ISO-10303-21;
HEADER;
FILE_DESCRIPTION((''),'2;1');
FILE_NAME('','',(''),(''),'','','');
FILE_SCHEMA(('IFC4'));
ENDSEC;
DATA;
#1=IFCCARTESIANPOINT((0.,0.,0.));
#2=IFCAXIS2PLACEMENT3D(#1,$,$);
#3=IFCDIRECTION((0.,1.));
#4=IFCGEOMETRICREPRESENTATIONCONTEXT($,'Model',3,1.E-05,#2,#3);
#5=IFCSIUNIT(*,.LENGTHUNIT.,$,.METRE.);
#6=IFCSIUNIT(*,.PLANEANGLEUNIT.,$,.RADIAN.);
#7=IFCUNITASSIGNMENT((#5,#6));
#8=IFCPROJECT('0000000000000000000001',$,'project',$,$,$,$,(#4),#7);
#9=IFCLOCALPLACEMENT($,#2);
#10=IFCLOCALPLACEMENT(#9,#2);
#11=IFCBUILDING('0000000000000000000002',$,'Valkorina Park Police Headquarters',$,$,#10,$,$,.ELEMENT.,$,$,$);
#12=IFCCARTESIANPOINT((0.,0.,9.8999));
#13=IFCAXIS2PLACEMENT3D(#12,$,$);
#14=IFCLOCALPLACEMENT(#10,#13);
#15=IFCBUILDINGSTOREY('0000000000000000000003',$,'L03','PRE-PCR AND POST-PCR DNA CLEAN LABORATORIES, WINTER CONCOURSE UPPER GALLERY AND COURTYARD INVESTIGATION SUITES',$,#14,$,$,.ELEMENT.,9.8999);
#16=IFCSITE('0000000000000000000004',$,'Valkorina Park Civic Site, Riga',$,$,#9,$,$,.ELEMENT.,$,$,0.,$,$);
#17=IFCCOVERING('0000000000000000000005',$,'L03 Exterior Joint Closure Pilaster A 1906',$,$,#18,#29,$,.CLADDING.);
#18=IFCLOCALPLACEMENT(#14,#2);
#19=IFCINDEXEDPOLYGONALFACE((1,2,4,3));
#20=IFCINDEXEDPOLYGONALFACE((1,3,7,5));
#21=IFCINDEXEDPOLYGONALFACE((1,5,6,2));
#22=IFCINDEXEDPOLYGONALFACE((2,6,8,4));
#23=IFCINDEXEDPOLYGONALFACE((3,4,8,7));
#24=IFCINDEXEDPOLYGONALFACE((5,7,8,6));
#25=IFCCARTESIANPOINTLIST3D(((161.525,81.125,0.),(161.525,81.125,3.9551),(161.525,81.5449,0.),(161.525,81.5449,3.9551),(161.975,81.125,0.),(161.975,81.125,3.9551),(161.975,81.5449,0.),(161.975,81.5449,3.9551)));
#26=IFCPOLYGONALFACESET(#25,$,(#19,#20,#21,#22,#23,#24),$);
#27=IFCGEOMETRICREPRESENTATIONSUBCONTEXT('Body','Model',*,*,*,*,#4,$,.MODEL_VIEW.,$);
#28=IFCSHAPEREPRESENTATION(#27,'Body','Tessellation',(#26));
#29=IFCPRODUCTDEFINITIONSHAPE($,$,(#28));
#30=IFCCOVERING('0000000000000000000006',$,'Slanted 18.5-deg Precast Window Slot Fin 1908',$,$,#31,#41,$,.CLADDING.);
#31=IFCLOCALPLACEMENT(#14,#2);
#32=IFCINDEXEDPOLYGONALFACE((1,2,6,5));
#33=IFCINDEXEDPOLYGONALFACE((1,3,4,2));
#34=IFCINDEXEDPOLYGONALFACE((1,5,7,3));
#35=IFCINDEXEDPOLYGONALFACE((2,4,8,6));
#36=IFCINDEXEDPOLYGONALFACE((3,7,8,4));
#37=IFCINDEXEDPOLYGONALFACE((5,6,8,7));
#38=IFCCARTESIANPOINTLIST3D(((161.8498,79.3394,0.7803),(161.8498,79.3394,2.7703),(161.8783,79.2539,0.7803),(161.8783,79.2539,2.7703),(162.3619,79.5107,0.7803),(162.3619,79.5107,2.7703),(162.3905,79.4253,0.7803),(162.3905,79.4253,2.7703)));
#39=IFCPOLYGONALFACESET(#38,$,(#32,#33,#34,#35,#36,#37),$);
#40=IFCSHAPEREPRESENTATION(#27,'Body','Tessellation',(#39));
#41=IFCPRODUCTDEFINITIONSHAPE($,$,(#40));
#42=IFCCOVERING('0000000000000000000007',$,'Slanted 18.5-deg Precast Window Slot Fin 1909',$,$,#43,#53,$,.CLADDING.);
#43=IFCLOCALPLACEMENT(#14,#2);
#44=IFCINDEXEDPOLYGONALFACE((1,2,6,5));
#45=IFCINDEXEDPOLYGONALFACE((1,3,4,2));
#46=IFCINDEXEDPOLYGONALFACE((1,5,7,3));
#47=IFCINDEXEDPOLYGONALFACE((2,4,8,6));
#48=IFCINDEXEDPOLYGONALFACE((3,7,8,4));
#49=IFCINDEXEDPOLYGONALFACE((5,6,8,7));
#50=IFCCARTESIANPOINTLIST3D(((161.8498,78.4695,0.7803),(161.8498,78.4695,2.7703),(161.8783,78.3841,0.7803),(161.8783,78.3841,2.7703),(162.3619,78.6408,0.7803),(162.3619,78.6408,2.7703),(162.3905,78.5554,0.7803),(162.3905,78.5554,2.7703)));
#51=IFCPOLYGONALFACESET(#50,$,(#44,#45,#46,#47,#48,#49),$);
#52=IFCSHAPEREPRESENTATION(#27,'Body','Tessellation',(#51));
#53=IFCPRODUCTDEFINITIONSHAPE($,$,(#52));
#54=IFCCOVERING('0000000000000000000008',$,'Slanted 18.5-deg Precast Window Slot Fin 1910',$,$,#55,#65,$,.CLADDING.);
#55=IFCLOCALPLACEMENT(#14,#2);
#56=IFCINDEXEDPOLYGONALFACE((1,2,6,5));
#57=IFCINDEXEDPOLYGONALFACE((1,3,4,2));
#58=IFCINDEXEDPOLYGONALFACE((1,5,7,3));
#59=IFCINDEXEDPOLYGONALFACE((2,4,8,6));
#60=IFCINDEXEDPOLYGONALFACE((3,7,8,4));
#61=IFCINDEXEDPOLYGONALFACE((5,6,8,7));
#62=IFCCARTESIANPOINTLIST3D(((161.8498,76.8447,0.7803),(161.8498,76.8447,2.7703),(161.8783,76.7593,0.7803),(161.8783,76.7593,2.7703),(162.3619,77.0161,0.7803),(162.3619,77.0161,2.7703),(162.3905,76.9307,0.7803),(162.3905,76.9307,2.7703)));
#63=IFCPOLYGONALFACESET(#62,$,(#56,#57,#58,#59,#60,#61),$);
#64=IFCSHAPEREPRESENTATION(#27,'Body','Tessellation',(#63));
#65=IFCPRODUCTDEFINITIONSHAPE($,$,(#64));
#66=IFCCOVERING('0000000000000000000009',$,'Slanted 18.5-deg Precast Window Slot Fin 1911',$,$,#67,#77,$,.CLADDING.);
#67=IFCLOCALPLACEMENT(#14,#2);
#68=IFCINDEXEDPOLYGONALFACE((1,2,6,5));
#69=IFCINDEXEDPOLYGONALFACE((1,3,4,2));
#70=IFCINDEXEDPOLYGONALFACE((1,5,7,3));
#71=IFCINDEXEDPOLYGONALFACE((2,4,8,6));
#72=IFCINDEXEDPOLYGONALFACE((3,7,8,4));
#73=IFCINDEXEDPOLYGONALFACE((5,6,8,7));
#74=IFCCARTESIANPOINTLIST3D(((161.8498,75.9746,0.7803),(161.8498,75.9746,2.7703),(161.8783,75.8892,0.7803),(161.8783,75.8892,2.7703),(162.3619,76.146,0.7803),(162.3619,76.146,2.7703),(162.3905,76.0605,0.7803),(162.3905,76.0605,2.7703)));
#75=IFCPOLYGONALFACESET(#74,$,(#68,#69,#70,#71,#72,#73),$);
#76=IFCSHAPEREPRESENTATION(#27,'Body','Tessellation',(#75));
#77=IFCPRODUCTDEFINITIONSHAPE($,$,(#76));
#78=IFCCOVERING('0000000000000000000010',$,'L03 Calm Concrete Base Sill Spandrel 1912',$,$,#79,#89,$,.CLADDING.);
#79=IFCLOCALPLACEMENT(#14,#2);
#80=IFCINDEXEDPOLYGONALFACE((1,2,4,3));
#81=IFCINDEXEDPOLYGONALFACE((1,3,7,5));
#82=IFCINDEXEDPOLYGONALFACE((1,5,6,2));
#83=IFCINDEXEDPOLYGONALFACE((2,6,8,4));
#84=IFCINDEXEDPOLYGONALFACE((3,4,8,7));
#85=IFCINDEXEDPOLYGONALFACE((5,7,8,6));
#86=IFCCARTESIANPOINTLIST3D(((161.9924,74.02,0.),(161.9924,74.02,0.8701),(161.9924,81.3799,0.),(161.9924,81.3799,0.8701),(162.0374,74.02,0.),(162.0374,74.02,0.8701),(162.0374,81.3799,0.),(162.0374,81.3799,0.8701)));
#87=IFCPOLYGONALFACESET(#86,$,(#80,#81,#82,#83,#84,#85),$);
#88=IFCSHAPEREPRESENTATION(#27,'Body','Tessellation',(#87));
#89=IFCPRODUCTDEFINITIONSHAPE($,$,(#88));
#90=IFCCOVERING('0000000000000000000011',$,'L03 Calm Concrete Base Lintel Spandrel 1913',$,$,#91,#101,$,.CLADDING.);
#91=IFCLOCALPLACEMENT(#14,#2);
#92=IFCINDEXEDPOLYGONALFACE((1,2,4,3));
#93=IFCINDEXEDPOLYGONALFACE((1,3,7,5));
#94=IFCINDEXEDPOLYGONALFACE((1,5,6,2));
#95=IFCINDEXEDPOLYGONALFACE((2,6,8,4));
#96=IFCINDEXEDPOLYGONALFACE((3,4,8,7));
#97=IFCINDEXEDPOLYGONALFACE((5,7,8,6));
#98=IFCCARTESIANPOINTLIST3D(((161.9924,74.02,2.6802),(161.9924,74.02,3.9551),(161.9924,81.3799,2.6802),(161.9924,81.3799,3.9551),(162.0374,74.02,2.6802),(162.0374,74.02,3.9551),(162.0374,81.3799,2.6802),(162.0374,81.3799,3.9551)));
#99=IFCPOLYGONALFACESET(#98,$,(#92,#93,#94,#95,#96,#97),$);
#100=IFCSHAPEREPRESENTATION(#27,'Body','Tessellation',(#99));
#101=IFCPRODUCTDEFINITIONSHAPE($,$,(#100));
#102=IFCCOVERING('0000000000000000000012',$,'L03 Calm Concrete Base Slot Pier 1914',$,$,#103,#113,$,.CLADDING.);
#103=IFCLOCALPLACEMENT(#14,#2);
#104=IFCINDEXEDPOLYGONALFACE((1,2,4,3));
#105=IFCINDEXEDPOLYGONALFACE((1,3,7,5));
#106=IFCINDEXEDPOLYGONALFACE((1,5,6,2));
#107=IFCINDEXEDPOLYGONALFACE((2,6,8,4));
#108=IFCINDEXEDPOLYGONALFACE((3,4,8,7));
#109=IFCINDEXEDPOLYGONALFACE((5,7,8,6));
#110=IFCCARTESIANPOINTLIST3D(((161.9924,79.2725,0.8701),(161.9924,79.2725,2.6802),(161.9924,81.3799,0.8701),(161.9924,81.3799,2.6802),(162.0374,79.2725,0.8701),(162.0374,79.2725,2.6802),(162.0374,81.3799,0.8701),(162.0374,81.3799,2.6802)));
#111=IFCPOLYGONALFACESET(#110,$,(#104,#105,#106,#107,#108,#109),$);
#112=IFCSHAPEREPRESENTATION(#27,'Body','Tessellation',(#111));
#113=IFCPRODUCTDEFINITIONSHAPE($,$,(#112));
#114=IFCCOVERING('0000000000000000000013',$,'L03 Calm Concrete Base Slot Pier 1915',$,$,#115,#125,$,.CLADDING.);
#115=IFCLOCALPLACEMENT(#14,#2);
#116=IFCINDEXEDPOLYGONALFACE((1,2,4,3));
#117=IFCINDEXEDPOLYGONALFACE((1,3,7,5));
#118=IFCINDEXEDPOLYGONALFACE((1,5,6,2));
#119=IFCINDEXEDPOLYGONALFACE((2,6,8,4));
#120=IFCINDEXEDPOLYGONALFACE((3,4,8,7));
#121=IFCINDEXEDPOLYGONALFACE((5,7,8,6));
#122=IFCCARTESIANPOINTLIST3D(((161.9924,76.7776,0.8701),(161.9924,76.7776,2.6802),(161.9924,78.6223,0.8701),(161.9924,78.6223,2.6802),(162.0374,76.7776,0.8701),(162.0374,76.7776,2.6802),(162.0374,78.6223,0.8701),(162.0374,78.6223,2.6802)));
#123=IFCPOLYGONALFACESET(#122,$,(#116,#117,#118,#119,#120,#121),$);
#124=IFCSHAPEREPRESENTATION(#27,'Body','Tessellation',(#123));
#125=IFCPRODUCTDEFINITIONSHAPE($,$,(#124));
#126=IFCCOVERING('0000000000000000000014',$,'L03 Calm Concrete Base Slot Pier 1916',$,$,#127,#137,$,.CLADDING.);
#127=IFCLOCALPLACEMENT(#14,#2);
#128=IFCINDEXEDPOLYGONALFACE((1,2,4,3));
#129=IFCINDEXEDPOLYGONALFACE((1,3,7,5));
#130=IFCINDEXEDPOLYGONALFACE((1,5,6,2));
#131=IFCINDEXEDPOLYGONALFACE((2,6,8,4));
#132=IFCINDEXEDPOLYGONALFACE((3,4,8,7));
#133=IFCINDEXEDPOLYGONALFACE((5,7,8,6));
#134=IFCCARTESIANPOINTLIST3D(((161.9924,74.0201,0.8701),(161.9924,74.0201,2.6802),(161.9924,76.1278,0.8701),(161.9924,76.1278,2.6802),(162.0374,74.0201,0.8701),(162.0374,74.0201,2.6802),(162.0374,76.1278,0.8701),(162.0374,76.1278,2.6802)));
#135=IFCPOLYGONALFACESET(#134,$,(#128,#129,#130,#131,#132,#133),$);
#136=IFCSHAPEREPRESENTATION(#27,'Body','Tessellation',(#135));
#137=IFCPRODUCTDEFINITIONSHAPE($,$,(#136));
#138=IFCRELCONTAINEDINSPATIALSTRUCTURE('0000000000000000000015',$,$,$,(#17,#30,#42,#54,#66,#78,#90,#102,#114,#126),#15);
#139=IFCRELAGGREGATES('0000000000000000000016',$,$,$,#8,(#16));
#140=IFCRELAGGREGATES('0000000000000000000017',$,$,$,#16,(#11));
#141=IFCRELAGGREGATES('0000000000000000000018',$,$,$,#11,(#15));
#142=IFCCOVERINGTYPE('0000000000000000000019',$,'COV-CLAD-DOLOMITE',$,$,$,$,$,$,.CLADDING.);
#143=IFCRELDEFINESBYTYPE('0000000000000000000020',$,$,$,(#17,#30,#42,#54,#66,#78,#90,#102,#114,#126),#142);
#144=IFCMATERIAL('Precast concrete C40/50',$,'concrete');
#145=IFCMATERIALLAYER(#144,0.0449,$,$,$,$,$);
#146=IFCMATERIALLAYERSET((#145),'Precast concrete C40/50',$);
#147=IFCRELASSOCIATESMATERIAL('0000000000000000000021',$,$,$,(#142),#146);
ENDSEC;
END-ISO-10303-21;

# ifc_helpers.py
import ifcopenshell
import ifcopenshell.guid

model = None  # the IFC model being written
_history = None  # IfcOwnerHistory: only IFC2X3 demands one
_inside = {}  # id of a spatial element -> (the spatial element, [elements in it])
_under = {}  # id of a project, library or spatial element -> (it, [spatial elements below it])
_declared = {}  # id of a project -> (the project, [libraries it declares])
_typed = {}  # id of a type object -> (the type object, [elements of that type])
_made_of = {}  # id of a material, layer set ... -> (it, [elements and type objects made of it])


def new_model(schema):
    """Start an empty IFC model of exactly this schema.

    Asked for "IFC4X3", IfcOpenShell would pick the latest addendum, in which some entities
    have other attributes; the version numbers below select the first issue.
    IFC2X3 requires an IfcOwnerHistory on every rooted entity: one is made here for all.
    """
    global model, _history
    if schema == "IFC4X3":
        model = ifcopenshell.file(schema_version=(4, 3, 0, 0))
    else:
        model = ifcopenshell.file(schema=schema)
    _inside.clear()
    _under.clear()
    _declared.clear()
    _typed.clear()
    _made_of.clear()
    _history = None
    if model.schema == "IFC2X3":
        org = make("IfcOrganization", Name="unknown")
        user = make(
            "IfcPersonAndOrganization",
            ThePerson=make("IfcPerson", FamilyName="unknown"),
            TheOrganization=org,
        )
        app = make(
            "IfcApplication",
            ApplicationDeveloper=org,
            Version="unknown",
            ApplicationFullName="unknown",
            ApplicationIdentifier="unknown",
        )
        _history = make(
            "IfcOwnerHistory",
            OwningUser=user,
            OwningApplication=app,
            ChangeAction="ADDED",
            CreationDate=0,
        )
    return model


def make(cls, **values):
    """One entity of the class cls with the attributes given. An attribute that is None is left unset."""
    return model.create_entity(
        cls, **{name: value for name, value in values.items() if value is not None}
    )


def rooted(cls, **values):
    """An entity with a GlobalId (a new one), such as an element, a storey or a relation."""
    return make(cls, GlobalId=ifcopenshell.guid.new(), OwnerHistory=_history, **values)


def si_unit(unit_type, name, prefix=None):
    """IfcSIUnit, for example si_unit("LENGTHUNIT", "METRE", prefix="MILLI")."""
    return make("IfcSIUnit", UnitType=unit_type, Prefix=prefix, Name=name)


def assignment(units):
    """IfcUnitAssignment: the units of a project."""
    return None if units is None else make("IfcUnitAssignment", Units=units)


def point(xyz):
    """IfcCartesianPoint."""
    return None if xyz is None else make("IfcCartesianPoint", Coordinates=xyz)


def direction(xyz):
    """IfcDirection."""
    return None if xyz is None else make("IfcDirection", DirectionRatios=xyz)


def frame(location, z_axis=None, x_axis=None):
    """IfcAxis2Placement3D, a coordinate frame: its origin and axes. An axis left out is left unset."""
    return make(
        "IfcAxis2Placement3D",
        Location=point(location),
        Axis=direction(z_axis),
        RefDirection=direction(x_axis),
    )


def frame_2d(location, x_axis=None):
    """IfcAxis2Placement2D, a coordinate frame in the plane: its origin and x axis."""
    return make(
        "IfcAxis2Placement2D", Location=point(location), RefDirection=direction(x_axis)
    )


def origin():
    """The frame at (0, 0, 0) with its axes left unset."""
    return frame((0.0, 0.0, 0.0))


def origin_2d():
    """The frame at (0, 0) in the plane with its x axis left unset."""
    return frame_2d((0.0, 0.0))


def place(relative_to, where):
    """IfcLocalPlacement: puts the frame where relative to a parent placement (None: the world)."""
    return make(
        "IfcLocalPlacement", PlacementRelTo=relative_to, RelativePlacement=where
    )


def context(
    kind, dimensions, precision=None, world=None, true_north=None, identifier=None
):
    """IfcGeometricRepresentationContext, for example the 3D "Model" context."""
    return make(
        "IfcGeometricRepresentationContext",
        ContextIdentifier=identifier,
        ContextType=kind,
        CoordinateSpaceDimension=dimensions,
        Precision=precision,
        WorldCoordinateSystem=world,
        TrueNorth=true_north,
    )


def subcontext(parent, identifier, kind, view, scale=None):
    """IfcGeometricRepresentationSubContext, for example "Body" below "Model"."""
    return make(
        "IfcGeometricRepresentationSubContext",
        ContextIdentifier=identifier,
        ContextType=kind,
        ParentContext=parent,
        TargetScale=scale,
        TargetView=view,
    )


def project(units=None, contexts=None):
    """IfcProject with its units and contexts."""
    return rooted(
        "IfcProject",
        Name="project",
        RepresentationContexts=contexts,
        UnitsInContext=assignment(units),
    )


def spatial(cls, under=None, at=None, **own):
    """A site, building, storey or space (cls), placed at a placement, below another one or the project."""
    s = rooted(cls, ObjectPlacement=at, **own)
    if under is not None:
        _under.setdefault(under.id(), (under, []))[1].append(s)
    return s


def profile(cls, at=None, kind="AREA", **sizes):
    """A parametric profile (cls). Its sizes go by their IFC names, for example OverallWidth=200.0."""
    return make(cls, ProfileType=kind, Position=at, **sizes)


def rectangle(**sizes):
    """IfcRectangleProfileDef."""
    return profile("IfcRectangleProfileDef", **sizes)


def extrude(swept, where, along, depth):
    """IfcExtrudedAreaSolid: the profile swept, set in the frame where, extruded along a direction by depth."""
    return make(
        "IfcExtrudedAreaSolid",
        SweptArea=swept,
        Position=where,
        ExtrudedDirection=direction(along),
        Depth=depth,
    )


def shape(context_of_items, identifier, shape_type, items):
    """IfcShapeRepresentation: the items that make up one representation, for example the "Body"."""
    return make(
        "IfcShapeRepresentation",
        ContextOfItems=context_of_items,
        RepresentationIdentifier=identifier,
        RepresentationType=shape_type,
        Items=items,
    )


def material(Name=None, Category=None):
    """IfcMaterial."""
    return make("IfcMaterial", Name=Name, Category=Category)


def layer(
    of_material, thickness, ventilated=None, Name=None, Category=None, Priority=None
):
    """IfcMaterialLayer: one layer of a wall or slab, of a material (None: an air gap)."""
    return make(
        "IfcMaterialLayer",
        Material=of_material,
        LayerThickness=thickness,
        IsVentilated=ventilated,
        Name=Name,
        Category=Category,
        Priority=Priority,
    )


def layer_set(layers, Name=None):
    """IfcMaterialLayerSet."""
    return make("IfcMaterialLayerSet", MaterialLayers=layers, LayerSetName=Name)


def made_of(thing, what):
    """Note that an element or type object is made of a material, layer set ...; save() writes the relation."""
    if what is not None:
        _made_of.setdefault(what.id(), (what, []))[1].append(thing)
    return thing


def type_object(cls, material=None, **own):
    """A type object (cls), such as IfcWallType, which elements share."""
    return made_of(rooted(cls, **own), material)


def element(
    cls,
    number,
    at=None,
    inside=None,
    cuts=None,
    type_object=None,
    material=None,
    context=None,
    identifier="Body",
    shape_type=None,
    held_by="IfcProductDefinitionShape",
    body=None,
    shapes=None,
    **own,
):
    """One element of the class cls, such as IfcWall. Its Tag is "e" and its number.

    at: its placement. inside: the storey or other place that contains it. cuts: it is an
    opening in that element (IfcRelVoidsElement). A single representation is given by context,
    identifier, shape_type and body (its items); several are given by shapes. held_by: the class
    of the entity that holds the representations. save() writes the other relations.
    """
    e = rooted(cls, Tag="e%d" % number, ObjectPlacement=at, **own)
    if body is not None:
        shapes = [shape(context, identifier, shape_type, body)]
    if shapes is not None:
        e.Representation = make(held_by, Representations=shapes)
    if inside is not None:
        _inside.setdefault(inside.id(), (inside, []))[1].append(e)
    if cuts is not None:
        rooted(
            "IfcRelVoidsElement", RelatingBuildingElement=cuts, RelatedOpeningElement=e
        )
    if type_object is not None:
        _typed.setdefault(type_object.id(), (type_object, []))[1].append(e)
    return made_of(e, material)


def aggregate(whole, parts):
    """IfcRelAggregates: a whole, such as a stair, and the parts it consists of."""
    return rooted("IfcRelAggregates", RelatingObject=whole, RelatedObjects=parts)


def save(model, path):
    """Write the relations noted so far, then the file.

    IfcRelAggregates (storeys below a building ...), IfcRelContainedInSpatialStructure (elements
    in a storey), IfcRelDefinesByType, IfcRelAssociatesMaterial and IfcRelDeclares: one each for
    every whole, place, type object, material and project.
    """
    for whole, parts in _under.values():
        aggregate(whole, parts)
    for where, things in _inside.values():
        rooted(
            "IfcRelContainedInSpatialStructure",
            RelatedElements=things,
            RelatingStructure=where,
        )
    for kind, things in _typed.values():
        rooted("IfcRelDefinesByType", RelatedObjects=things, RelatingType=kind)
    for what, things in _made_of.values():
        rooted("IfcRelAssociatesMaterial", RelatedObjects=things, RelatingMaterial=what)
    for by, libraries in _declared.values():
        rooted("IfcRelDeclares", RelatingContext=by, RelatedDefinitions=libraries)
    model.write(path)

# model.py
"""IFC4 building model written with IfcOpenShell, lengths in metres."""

from ifc_helpers import new_model, si_unit, direction, frame, frame_2d, origin, origin_2d, place, context, subcontext, project, spatial, rectangle, extrude, material, layer, layer_set, type_object, element, save


model = new_model("IFC4")

# Units and contexts
model_context = context("Model", 3, precision=1e-05, world=origin(), true_north=direction((0.0, 1.0)))
body_context = subcontext(model_context, "Body", "Model", "MODEL_VIEW")
ifc_project = project(units=[si_unit("LENGTHUNIT", "METRE"), si_unit("PLANEANGLEUNIT", "RADIAN")], contexts=[model_context])

# Site, building, storey
site_placement = place(None, origin())
site = spatial("IfcSite", under=ifc_project, at=site_placement, Name="Valkorina Park Civic Site, Riga", CompositionType="ELEMENT", RefElevation=0.0)
building_placement = place(site_placement, origin())
building = spatial("IfcBuilding", under=site, at=building_placement, Name="Valkorina Park Police Headquarters", CompositionType="ELEMENT")
storey_placement = place(building_placement, frame((0.0, 0.0, 9.8999)))
storey = spatial("IfcBuildingStorey", under=building, at=storey_placement, Name="L03", Description="PRE-PCR AND POST-PCR DNA CLEAN LABORATORIES, WINTER CONCOURSE UPPER GALLERY AND COURTYARD INVESTIGATION SUITES", CompositionType="ELEMENT", Elevation=9.8999)

# Shared definitions
ifc_material_1 = material(Name="Precast concrete C40/50", Category="concrete")

# Coverings
ifc_layer_1 = layer(ifc_material_1, 0.0449)
ifc_layer_set_1 = layer_set([ifc_layer_1], Name="Precast concrete C40/50")
covering_type = type_object("IfcCoveringType", Name="COV-CLAD-DOLOMITE", PredefinedType="CLADDING", material=ifc_layer_set_1)
for number, where, z_axis, x_axis, name in (
    (1, (161.75, 81.335, 0.0), (0.0, 0.0, 1.0), (0.0, 1.0, 0.0), "L03 Exterior Joint Closure Pilaster A 1906"),
):
    element("IfcCovering", number, at=place(storey_placement, frame(where, z_axis=z_axis, x_axis=x_axis)), inside=storey, type_object=covering_type, Name=name, PredefinedType="CLADDING", context=body_context, shape_type="SweptSolid", body=[
        extrude(rectangle(XDim=0.4199, YDim=0.45, at=origin_2d()), origin(), (0.0, 0.0, 1.0), 3.9551),
    ])
for number, where, z_axis, x_axis, name in (
    (2, (162.1201, 79.3823, 0.7803), (0.0, 0.0, 1.0), (0.948324, 0.317305, 0.0), "Slanted 18.5-deg Precast Window Slot Fin 1908"),
    (3, (162.1201, 78.5125, 0.7803), (0.0, 0.0, 1.0), (0.948324, 0.317305, 0.0), "Slanted 18.5-deg Precast Window Slot Fin 1909"),
    (4, (162.1201, 76.8877, 0.7803), (0.0, 0.0, 1.0), (0.948324, 0.317305, 0.0), "Slanted 18.5-deg Precast Window Slot Fin 1910"),
    (5, (162.1201, 76.0176, 0.7803), (0.0, 0.0, 1.0), (0.948324, 0.317305, 0.0), "Slanted 18.5-deg Precast Window Slot Fin 1911"),
):
    element("IfcCovering", number, at=place(storey_placement, frame(where, z_axis=z_axis, x_axis=x_axis)), inside=storey, type_object=covering_type, Name=name, PredefinedType="CLADDING", context=body_context, shape_type="SweptSolid", body=[
        extrude(rectangle(XDim=0.54, YDim=0.0901, at=origin_2d()), origin(), (0.0, 0.0, 1.0), 1.99),
    ])
covering_1_placement = place(storey_placement, frame((162.0149, 81.3799, 0.0), z_axis=(0.0, 0.0, 1.0), x_axis=(0.0, -1.0, 0.0)))
element("IfcCovering", 6, at=covering_1_placement, inside=storey, type_object=covering_type, Name="L03 Calm Concrete Base Sill Spandrel 1912", PredefinedType="CLADDING", context=body_context, shape_type="SweptSolid", body=[
    extrude(rectangle(XDim=7.3599, YDim=0.0449, at=frame_2d((3.6799, 0.0))), origin(), (0.0, 0.0, 1.0), 0.8701),
])
covering_2_placement = place(storey_placement, frame((162.0149, 81.3799, 2.6802), z_axis=(0.0, 0.0, 1.0), x_axis=(0.0, -1.0, 0.0)))
element("IfcCovering", 7, at=covering_2_placement, inside=storey, type_object=covering_type, Name="L03 Calm Concrete Base Lintel Spandrel 1913", PredefinedType="CLADDING", context=body_context, shape_type="SweptSolid", body=[
    extrude(rectangle(XDim=7.3599, YDim=0.0449, at=frame_2d((3.6799, 0.0))), origin(), (0.0, 0.0, 1.0), 1.2749),
])
covering_3_placement = place(storey_placement, frame((162.0149, 81.3799, 0.8701), z_axis=(0.0, 0.0, 1.0), x_axis=(0.0, -1.0, 0.0)))
element("IfcCovering", 8, at=covering_3_placement, inside=storey, type_object=covering_type, Name="L03 Calm Concrete Base Slot Pier 1914", PredefinedType="CLADDING", context=body_context, shape_type="SweptSolid", body=[
    extrude(rectangle(XDim=2.1074, YDim=0.0449, at=frame_2d((1.0537, 0.0))), origin(), (0.0, 0.0, 1.0), 1.8101),
])
covering_4_placement = place(storey_placement, frame((162.0149, 78.6223, 0.8701), z_axis=(0.0, 0.0, 1.0), x_axis=(0.0, -1.0, 0.0)))
element("IfcCovering", 9, at=covering_4_placement, inside=storey, type_object=covering_type, Name="L03 Calm Concrete Base Slot Pier 1915", PredefinedType="CLADDING", context=body_context, shape_type="SweptSolid", body=[
    extrude(rectangle(XDim=1.8447, YDim=0.0449, at=frame_2d((0.9224, 0.0))), origin(), (0.0, 0.0, 1.0), 1.8101),
])
covering_5_placement = place(storey_placement, frame((162.0149, 76.1277, 0.8701), z_axis=(0.0, 0.0, 1.0), x_axis=(0.0, -1.0, 0.0)))
element("IfcCovering", 10, at=covering_5_placement, inside=storey, type_object=covering_type, Name="L03 Calm Concrete Base Slot Pier 1916", PredefinedType="CLADDING", context=body_context, shape_type="SweptSolid", body=[
    extrude(rectangle(XDim=2.1077, YDim=0.0449, at=frame_2d((1.0537, 0.0))), origin(), (0.0, 0.0, 1.0), 1.8101),
])

save(model, "model.ifc")
